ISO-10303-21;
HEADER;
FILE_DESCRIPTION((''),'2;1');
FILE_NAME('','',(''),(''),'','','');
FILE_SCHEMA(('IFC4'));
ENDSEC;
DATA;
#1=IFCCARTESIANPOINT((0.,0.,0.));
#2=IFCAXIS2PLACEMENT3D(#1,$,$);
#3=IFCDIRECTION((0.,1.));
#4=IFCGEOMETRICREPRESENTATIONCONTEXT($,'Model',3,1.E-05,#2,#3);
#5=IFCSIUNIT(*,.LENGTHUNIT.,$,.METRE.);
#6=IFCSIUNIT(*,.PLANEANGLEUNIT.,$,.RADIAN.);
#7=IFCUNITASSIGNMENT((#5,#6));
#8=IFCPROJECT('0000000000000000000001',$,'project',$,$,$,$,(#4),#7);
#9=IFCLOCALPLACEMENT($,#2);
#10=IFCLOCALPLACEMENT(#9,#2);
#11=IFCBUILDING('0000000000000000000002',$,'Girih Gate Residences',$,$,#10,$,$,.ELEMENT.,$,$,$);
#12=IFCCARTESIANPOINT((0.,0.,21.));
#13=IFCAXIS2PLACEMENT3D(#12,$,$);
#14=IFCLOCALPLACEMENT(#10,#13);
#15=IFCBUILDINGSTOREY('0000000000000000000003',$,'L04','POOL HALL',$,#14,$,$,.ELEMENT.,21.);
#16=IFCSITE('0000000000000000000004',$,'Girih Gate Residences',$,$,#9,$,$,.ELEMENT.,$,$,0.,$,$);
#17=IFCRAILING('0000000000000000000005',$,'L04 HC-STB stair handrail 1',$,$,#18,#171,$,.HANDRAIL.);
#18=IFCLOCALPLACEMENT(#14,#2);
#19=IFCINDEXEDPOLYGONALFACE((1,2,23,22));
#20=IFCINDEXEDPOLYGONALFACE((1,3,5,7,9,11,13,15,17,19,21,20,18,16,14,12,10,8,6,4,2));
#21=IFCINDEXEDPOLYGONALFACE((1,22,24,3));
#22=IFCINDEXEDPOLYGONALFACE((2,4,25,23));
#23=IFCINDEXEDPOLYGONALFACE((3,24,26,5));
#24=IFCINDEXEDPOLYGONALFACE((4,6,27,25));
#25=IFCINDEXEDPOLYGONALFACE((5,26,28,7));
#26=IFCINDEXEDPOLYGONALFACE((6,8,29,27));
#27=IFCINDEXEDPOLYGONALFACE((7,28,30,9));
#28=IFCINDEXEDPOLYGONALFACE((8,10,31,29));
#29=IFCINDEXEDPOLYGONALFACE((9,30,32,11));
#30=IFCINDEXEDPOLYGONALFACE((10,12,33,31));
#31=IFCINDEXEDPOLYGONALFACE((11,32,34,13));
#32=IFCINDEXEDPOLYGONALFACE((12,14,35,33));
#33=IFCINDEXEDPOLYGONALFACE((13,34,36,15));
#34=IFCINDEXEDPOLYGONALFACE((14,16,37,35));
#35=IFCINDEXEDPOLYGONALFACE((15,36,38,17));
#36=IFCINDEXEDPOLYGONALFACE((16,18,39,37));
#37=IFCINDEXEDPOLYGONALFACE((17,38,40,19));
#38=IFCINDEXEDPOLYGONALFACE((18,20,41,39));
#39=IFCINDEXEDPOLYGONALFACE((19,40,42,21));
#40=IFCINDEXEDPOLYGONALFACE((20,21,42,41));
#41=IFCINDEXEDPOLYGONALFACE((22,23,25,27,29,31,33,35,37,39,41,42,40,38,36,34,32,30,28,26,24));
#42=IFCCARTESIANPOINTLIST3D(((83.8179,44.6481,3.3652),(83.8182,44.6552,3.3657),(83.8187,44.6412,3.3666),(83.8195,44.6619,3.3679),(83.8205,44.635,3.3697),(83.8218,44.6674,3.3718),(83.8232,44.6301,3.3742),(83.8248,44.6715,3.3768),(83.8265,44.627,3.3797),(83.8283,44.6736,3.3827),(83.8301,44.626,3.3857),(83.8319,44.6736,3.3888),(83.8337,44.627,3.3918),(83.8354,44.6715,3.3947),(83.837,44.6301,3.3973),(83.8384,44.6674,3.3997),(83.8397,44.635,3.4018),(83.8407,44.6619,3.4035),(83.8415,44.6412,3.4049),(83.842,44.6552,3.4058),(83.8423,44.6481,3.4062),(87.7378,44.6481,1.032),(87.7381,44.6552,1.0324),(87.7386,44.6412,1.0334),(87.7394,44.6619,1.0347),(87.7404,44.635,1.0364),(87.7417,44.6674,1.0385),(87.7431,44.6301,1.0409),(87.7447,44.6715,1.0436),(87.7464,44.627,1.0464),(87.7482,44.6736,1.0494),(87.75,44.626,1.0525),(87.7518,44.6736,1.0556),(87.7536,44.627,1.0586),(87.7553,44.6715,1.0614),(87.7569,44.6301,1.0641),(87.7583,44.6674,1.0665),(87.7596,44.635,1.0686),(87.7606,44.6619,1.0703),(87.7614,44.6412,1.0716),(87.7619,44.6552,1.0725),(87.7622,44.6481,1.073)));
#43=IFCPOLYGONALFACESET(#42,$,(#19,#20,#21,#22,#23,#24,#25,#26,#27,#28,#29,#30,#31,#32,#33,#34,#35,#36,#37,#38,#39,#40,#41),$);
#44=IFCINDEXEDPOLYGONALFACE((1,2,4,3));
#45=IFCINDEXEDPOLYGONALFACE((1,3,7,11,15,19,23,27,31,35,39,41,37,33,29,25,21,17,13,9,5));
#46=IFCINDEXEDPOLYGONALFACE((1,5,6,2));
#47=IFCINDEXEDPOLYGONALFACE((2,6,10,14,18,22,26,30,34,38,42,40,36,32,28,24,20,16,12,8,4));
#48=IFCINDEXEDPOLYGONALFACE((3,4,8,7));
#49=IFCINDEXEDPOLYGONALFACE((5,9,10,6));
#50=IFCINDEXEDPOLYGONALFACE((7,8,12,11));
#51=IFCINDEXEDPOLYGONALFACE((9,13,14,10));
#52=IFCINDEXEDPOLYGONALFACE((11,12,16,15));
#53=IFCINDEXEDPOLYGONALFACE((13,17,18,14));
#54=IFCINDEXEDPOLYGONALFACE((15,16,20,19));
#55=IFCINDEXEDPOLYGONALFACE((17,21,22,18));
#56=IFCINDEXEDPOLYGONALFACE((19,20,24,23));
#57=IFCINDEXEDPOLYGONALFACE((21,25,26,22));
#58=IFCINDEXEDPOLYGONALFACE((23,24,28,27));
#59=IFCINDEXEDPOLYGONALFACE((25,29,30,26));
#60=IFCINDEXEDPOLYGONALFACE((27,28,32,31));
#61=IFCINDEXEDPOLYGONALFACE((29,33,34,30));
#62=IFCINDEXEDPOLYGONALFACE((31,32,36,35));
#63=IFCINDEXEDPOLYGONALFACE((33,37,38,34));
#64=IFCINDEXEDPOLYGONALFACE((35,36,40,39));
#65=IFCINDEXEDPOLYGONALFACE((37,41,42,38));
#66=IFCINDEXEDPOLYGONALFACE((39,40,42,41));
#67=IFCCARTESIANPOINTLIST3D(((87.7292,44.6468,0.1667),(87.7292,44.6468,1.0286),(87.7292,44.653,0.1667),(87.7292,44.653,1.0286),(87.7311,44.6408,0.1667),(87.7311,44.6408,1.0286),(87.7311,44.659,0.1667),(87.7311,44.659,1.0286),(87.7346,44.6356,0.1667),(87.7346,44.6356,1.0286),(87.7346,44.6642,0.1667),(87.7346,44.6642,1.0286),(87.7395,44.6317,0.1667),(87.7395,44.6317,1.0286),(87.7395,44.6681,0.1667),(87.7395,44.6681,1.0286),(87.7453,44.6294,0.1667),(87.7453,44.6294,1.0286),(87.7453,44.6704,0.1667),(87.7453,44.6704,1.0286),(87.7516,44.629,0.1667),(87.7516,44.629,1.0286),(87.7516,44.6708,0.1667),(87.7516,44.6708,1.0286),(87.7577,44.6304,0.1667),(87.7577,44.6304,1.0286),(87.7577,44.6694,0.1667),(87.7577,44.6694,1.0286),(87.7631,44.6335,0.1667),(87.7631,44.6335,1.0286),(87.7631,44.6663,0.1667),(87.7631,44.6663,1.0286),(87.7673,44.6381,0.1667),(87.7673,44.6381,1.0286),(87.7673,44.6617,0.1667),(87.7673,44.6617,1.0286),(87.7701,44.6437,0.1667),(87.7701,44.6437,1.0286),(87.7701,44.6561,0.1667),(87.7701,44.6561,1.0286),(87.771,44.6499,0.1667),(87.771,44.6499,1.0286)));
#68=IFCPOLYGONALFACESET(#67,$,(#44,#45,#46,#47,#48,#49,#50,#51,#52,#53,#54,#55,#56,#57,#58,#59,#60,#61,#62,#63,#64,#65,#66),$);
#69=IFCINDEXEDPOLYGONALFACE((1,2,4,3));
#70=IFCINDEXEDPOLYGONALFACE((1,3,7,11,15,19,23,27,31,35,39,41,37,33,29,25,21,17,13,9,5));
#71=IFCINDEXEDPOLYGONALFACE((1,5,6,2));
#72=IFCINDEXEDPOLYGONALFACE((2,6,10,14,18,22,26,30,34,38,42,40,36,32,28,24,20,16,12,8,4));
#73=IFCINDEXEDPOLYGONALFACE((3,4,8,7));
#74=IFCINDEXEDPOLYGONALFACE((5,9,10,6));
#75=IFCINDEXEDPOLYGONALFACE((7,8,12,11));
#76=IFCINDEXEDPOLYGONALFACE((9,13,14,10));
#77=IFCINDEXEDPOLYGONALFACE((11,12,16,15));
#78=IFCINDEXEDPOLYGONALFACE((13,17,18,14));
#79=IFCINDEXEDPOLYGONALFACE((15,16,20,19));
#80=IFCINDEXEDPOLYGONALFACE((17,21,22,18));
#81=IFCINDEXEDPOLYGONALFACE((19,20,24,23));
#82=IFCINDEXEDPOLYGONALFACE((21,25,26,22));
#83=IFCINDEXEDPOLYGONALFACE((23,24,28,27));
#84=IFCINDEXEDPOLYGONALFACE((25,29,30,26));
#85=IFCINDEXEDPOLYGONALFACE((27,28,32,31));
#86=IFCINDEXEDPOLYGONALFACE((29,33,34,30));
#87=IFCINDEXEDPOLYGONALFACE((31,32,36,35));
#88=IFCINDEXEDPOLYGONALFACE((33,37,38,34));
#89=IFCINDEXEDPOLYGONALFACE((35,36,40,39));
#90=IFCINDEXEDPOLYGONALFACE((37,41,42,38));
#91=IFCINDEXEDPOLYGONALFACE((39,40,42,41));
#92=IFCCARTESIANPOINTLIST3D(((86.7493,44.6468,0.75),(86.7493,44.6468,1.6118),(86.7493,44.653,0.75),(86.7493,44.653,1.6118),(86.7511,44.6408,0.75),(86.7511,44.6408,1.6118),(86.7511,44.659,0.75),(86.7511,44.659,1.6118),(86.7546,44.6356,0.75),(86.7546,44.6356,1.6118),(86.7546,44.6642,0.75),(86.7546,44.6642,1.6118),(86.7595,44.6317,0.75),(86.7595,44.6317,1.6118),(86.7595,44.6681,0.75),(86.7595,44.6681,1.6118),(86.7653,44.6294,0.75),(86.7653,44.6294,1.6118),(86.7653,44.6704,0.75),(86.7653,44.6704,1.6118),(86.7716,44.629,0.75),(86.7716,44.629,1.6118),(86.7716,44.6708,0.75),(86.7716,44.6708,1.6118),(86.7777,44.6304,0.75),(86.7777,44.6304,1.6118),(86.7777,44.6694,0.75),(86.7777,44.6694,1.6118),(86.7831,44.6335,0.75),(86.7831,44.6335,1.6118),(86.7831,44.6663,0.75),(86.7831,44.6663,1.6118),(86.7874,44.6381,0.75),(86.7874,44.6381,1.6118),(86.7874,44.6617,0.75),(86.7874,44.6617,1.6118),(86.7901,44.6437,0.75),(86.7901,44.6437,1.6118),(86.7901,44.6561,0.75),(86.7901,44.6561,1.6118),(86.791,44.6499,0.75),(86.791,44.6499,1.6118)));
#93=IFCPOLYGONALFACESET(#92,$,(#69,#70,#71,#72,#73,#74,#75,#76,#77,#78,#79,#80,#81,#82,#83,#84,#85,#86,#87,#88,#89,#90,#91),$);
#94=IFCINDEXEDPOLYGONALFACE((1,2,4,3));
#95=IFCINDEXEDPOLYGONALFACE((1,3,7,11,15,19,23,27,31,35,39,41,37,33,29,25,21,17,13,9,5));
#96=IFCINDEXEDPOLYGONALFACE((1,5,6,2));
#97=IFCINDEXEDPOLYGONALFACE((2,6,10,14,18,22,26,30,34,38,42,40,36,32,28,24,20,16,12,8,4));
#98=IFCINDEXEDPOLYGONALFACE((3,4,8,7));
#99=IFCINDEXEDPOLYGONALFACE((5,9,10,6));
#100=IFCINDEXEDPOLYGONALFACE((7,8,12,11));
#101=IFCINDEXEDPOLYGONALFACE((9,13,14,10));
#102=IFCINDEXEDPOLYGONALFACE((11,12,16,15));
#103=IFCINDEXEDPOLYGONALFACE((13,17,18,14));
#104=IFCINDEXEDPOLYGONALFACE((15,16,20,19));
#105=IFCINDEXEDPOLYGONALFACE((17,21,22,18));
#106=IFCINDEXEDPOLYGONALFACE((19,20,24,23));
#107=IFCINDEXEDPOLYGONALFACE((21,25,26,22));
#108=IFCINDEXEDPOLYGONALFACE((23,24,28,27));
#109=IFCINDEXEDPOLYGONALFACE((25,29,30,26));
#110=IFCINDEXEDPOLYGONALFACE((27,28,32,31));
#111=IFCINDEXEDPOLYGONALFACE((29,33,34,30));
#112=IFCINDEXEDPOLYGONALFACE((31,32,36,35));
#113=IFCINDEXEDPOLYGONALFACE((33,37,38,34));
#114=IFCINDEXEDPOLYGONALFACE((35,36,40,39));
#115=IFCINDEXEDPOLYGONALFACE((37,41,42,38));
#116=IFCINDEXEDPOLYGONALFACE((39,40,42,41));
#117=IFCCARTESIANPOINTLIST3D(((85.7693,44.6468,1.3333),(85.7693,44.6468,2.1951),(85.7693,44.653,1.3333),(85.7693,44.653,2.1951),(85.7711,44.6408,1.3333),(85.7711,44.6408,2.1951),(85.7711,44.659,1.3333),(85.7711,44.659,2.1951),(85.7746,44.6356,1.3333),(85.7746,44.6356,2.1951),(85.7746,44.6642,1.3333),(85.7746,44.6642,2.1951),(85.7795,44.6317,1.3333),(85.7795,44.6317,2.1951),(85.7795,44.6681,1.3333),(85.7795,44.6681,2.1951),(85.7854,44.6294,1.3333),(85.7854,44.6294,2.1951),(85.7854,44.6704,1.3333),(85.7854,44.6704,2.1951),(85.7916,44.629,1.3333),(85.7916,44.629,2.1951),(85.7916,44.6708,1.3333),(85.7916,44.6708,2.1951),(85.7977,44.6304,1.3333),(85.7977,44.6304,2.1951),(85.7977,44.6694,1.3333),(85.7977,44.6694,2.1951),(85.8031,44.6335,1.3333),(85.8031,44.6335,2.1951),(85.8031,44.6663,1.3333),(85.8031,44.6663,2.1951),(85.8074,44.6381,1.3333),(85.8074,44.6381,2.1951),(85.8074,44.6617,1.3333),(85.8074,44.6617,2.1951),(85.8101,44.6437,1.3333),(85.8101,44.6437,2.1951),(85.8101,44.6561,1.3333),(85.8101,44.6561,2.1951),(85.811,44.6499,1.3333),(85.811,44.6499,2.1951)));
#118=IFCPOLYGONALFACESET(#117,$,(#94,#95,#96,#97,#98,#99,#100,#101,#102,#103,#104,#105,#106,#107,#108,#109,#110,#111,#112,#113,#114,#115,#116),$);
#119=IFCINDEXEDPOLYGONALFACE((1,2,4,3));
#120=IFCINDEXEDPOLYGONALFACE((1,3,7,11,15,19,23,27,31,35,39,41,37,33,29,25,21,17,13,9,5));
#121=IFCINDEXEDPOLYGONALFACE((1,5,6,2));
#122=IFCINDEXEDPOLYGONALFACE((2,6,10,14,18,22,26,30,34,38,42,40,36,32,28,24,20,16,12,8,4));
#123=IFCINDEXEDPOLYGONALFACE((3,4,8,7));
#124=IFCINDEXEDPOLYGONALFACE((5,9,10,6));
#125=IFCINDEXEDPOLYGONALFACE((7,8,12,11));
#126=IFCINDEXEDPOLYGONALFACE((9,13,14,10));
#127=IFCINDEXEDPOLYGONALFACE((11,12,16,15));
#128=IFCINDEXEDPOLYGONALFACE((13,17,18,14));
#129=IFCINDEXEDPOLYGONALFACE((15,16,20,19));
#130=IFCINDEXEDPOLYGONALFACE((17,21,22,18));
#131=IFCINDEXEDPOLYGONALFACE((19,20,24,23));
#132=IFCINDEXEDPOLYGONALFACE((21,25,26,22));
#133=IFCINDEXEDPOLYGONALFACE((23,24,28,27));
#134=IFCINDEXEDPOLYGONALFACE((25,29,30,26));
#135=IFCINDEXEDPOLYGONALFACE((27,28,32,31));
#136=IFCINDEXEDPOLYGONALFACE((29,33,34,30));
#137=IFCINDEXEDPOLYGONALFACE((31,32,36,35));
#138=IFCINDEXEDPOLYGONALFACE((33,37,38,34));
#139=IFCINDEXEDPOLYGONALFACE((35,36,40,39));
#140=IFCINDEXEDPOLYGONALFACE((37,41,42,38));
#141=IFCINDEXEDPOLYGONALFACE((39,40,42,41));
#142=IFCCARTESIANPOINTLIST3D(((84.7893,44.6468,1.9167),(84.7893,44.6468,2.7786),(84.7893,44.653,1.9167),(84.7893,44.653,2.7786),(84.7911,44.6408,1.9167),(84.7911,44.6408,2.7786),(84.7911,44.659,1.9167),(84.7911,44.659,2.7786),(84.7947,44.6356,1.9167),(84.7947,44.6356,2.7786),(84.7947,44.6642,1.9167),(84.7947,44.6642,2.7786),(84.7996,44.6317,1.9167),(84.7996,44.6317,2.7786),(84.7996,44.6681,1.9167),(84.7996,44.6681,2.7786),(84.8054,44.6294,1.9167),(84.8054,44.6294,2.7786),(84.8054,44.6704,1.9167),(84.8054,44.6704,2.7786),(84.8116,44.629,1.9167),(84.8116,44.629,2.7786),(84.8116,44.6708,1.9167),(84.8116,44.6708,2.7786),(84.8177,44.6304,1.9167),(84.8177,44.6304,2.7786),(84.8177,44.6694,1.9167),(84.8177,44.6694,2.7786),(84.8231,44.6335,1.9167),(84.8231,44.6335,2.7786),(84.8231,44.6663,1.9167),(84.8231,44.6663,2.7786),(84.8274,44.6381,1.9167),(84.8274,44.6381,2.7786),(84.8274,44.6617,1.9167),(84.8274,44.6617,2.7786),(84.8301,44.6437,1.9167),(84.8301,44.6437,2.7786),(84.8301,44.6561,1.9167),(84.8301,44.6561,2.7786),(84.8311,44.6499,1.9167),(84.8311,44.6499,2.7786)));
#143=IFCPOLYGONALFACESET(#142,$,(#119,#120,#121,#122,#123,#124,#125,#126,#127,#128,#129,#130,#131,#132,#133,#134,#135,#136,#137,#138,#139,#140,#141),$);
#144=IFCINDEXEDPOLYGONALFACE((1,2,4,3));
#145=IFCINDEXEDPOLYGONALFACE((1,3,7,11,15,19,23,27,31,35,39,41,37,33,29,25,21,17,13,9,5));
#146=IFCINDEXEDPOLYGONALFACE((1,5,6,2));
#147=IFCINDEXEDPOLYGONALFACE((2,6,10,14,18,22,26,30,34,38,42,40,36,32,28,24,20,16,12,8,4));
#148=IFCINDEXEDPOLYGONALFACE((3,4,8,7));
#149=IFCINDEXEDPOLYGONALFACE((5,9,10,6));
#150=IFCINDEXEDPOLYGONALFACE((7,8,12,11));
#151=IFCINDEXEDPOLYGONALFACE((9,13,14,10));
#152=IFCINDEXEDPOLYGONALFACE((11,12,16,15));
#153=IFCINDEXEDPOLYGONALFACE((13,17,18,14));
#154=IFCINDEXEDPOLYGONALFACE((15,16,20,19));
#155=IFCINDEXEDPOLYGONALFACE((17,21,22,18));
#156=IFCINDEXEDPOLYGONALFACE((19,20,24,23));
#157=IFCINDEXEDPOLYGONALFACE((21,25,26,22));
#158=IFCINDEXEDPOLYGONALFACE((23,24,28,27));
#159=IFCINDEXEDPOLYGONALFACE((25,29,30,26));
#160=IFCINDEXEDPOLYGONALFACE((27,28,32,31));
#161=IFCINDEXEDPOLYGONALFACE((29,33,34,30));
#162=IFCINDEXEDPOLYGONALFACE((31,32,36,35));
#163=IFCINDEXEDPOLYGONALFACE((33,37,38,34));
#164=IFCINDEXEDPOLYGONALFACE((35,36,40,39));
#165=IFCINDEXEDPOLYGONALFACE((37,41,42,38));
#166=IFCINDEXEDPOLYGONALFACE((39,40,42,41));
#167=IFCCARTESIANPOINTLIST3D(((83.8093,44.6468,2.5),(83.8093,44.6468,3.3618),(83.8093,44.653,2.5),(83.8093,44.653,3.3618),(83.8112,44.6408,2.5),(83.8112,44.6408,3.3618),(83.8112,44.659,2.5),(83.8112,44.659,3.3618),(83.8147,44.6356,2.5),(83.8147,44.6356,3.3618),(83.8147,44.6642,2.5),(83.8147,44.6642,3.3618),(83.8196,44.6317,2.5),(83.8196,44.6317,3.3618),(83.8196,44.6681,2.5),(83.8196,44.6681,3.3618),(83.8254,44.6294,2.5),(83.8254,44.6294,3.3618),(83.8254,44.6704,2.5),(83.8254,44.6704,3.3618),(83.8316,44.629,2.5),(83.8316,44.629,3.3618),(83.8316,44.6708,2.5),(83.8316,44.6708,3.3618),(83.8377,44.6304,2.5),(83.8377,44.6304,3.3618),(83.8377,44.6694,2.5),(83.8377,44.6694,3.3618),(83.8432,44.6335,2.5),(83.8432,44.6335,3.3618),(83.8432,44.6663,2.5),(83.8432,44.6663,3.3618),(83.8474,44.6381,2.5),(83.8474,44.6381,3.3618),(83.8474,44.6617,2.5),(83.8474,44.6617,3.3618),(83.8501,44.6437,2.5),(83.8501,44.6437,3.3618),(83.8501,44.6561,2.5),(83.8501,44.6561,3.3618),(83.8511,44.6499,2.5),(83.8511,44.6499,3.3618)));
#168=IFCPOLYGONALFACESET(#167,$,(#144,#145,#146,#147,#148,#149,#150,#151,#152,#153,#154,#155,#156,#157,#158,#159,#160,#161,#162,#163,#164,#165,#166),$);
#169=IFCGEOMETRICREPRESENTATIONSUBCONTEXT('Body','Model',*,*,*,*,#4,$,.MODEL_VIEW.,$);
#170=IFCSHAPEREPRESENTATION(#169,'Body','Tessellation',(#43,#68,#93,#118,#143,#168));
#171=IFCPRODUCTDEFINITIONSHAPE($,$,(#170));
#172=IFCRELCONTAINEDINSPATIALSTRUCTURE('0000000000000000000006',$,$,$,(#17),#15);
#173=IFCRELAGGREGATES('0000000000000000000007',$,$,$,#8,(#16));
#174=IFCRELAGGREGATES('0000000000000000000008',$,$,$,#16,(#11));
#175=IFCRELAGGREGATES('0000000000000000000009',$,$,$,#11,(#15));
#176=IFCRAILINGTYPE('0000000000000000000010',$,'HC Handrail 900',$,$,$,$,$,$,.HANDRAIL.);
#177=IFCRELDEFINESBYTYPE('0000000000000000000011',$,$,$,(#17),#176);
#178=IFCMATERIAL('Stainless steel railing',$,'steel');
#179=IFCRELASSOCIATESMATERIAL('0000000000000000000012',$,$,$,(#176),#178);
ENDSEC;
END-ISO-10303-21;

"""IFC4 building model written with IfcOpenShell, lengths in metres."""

from ifc_helpers import new_model, si_unit, direction, frame, origin, origin_2d, place, context, subcontext, project, spatial, circle, extrude, material, type_object, element, save


model = new_model("IFC4")

# Units and contexts
model_context = context("Model", 3, precision=1e-05, world=origin(), true_north=direction((0.0, 1.0)))
body_context = subcontext(model_context, "Body", "Model", "MODEL_VIEW")
ifc_project = project(units=[si_unit("LENGTHUNIT", "METRE"), si_unit("PLANEANGLEUNIT", "RADIAN")], contexts=[model_context])

# Site, building, storey
site_placement = place(None, origin())
site = spatial("IfcSite", under=ifc_project, at=site_placement, Name="Girih Gate Residences", CompositionType="ELEMENT", RefElevation=0.0)
building_placement = place(site_placement, origin())
building = spatial("IfcBuilding", under=site, at=building_placement, Name="Girih Gate Residences", CompositionType="ELEMENT")
storey_placement = place(building_placement, frame((0.0, 0.0, 21.0)))
storey = spatial("IfcBuildingStorey", under=building, at=storey_placement, Name="L04", Description="POOL HALL", CompositionType="ELEMENT", Elevation=21.0)

# Railing
ifc_material_1 = material(Name="Stainless steel railing", Category="steel")
railing_type_1 = type_object("IfcRailingType", Name="HC Handrail 900", PredefinedType="HANDRAIL", material=ifc_material_1)
railing_1_placement = place(storey_placement, frame((87.75, 44.6499, 0.1667)))
element("IfcRailing", 1, at=railing_1_placement, inside=storey, type_object=railing_type_1, Name="L04 HC-STB stair handrail 1", PredefinedType="HANDRAIL", context=body_context, shape_type="SweptSolid", body=[
    extrude(circle(Radius=0.0239, at=origin_2d()), frame((0.0, 0.0, 0.8857), z_axis=(-0.859296, 0.0, 0.511478), x_axis=(0.0, -1.0, 0.0)), (0.0, 0.0, 1.0), 4.5618),
    extrude(circle(Radius=0.021, at=origin_2d()), origin(), (0.0, 0.0, 1.0), 0.8618),
    extrude(circle(Radius=0.021, at=origin_2d()), frame((-0.98, 0.0, 0.5833)), (0.0, 0.0, 1.0), 0.8618),
    extrude(circle(Radius=0.021, at=origin_2d()), frame((-1.96, 0.0, 1.1665)), (0.0, 0.0, 1.0), 0.8618),
    extrude(circle(Radius=0.021, at=origin_2d()), frame((-2.9399, 0.0, 1.75)), (0.0, 0.0, 1.0), 0.8618),
    extrude(circle(Radius=0.021, at=origin_2d()), frame((-3.9199, 0.0, 2.3333)), (0.0, 0.0, 1.0), 0.8618),
])

save(model, "model.ifc")
